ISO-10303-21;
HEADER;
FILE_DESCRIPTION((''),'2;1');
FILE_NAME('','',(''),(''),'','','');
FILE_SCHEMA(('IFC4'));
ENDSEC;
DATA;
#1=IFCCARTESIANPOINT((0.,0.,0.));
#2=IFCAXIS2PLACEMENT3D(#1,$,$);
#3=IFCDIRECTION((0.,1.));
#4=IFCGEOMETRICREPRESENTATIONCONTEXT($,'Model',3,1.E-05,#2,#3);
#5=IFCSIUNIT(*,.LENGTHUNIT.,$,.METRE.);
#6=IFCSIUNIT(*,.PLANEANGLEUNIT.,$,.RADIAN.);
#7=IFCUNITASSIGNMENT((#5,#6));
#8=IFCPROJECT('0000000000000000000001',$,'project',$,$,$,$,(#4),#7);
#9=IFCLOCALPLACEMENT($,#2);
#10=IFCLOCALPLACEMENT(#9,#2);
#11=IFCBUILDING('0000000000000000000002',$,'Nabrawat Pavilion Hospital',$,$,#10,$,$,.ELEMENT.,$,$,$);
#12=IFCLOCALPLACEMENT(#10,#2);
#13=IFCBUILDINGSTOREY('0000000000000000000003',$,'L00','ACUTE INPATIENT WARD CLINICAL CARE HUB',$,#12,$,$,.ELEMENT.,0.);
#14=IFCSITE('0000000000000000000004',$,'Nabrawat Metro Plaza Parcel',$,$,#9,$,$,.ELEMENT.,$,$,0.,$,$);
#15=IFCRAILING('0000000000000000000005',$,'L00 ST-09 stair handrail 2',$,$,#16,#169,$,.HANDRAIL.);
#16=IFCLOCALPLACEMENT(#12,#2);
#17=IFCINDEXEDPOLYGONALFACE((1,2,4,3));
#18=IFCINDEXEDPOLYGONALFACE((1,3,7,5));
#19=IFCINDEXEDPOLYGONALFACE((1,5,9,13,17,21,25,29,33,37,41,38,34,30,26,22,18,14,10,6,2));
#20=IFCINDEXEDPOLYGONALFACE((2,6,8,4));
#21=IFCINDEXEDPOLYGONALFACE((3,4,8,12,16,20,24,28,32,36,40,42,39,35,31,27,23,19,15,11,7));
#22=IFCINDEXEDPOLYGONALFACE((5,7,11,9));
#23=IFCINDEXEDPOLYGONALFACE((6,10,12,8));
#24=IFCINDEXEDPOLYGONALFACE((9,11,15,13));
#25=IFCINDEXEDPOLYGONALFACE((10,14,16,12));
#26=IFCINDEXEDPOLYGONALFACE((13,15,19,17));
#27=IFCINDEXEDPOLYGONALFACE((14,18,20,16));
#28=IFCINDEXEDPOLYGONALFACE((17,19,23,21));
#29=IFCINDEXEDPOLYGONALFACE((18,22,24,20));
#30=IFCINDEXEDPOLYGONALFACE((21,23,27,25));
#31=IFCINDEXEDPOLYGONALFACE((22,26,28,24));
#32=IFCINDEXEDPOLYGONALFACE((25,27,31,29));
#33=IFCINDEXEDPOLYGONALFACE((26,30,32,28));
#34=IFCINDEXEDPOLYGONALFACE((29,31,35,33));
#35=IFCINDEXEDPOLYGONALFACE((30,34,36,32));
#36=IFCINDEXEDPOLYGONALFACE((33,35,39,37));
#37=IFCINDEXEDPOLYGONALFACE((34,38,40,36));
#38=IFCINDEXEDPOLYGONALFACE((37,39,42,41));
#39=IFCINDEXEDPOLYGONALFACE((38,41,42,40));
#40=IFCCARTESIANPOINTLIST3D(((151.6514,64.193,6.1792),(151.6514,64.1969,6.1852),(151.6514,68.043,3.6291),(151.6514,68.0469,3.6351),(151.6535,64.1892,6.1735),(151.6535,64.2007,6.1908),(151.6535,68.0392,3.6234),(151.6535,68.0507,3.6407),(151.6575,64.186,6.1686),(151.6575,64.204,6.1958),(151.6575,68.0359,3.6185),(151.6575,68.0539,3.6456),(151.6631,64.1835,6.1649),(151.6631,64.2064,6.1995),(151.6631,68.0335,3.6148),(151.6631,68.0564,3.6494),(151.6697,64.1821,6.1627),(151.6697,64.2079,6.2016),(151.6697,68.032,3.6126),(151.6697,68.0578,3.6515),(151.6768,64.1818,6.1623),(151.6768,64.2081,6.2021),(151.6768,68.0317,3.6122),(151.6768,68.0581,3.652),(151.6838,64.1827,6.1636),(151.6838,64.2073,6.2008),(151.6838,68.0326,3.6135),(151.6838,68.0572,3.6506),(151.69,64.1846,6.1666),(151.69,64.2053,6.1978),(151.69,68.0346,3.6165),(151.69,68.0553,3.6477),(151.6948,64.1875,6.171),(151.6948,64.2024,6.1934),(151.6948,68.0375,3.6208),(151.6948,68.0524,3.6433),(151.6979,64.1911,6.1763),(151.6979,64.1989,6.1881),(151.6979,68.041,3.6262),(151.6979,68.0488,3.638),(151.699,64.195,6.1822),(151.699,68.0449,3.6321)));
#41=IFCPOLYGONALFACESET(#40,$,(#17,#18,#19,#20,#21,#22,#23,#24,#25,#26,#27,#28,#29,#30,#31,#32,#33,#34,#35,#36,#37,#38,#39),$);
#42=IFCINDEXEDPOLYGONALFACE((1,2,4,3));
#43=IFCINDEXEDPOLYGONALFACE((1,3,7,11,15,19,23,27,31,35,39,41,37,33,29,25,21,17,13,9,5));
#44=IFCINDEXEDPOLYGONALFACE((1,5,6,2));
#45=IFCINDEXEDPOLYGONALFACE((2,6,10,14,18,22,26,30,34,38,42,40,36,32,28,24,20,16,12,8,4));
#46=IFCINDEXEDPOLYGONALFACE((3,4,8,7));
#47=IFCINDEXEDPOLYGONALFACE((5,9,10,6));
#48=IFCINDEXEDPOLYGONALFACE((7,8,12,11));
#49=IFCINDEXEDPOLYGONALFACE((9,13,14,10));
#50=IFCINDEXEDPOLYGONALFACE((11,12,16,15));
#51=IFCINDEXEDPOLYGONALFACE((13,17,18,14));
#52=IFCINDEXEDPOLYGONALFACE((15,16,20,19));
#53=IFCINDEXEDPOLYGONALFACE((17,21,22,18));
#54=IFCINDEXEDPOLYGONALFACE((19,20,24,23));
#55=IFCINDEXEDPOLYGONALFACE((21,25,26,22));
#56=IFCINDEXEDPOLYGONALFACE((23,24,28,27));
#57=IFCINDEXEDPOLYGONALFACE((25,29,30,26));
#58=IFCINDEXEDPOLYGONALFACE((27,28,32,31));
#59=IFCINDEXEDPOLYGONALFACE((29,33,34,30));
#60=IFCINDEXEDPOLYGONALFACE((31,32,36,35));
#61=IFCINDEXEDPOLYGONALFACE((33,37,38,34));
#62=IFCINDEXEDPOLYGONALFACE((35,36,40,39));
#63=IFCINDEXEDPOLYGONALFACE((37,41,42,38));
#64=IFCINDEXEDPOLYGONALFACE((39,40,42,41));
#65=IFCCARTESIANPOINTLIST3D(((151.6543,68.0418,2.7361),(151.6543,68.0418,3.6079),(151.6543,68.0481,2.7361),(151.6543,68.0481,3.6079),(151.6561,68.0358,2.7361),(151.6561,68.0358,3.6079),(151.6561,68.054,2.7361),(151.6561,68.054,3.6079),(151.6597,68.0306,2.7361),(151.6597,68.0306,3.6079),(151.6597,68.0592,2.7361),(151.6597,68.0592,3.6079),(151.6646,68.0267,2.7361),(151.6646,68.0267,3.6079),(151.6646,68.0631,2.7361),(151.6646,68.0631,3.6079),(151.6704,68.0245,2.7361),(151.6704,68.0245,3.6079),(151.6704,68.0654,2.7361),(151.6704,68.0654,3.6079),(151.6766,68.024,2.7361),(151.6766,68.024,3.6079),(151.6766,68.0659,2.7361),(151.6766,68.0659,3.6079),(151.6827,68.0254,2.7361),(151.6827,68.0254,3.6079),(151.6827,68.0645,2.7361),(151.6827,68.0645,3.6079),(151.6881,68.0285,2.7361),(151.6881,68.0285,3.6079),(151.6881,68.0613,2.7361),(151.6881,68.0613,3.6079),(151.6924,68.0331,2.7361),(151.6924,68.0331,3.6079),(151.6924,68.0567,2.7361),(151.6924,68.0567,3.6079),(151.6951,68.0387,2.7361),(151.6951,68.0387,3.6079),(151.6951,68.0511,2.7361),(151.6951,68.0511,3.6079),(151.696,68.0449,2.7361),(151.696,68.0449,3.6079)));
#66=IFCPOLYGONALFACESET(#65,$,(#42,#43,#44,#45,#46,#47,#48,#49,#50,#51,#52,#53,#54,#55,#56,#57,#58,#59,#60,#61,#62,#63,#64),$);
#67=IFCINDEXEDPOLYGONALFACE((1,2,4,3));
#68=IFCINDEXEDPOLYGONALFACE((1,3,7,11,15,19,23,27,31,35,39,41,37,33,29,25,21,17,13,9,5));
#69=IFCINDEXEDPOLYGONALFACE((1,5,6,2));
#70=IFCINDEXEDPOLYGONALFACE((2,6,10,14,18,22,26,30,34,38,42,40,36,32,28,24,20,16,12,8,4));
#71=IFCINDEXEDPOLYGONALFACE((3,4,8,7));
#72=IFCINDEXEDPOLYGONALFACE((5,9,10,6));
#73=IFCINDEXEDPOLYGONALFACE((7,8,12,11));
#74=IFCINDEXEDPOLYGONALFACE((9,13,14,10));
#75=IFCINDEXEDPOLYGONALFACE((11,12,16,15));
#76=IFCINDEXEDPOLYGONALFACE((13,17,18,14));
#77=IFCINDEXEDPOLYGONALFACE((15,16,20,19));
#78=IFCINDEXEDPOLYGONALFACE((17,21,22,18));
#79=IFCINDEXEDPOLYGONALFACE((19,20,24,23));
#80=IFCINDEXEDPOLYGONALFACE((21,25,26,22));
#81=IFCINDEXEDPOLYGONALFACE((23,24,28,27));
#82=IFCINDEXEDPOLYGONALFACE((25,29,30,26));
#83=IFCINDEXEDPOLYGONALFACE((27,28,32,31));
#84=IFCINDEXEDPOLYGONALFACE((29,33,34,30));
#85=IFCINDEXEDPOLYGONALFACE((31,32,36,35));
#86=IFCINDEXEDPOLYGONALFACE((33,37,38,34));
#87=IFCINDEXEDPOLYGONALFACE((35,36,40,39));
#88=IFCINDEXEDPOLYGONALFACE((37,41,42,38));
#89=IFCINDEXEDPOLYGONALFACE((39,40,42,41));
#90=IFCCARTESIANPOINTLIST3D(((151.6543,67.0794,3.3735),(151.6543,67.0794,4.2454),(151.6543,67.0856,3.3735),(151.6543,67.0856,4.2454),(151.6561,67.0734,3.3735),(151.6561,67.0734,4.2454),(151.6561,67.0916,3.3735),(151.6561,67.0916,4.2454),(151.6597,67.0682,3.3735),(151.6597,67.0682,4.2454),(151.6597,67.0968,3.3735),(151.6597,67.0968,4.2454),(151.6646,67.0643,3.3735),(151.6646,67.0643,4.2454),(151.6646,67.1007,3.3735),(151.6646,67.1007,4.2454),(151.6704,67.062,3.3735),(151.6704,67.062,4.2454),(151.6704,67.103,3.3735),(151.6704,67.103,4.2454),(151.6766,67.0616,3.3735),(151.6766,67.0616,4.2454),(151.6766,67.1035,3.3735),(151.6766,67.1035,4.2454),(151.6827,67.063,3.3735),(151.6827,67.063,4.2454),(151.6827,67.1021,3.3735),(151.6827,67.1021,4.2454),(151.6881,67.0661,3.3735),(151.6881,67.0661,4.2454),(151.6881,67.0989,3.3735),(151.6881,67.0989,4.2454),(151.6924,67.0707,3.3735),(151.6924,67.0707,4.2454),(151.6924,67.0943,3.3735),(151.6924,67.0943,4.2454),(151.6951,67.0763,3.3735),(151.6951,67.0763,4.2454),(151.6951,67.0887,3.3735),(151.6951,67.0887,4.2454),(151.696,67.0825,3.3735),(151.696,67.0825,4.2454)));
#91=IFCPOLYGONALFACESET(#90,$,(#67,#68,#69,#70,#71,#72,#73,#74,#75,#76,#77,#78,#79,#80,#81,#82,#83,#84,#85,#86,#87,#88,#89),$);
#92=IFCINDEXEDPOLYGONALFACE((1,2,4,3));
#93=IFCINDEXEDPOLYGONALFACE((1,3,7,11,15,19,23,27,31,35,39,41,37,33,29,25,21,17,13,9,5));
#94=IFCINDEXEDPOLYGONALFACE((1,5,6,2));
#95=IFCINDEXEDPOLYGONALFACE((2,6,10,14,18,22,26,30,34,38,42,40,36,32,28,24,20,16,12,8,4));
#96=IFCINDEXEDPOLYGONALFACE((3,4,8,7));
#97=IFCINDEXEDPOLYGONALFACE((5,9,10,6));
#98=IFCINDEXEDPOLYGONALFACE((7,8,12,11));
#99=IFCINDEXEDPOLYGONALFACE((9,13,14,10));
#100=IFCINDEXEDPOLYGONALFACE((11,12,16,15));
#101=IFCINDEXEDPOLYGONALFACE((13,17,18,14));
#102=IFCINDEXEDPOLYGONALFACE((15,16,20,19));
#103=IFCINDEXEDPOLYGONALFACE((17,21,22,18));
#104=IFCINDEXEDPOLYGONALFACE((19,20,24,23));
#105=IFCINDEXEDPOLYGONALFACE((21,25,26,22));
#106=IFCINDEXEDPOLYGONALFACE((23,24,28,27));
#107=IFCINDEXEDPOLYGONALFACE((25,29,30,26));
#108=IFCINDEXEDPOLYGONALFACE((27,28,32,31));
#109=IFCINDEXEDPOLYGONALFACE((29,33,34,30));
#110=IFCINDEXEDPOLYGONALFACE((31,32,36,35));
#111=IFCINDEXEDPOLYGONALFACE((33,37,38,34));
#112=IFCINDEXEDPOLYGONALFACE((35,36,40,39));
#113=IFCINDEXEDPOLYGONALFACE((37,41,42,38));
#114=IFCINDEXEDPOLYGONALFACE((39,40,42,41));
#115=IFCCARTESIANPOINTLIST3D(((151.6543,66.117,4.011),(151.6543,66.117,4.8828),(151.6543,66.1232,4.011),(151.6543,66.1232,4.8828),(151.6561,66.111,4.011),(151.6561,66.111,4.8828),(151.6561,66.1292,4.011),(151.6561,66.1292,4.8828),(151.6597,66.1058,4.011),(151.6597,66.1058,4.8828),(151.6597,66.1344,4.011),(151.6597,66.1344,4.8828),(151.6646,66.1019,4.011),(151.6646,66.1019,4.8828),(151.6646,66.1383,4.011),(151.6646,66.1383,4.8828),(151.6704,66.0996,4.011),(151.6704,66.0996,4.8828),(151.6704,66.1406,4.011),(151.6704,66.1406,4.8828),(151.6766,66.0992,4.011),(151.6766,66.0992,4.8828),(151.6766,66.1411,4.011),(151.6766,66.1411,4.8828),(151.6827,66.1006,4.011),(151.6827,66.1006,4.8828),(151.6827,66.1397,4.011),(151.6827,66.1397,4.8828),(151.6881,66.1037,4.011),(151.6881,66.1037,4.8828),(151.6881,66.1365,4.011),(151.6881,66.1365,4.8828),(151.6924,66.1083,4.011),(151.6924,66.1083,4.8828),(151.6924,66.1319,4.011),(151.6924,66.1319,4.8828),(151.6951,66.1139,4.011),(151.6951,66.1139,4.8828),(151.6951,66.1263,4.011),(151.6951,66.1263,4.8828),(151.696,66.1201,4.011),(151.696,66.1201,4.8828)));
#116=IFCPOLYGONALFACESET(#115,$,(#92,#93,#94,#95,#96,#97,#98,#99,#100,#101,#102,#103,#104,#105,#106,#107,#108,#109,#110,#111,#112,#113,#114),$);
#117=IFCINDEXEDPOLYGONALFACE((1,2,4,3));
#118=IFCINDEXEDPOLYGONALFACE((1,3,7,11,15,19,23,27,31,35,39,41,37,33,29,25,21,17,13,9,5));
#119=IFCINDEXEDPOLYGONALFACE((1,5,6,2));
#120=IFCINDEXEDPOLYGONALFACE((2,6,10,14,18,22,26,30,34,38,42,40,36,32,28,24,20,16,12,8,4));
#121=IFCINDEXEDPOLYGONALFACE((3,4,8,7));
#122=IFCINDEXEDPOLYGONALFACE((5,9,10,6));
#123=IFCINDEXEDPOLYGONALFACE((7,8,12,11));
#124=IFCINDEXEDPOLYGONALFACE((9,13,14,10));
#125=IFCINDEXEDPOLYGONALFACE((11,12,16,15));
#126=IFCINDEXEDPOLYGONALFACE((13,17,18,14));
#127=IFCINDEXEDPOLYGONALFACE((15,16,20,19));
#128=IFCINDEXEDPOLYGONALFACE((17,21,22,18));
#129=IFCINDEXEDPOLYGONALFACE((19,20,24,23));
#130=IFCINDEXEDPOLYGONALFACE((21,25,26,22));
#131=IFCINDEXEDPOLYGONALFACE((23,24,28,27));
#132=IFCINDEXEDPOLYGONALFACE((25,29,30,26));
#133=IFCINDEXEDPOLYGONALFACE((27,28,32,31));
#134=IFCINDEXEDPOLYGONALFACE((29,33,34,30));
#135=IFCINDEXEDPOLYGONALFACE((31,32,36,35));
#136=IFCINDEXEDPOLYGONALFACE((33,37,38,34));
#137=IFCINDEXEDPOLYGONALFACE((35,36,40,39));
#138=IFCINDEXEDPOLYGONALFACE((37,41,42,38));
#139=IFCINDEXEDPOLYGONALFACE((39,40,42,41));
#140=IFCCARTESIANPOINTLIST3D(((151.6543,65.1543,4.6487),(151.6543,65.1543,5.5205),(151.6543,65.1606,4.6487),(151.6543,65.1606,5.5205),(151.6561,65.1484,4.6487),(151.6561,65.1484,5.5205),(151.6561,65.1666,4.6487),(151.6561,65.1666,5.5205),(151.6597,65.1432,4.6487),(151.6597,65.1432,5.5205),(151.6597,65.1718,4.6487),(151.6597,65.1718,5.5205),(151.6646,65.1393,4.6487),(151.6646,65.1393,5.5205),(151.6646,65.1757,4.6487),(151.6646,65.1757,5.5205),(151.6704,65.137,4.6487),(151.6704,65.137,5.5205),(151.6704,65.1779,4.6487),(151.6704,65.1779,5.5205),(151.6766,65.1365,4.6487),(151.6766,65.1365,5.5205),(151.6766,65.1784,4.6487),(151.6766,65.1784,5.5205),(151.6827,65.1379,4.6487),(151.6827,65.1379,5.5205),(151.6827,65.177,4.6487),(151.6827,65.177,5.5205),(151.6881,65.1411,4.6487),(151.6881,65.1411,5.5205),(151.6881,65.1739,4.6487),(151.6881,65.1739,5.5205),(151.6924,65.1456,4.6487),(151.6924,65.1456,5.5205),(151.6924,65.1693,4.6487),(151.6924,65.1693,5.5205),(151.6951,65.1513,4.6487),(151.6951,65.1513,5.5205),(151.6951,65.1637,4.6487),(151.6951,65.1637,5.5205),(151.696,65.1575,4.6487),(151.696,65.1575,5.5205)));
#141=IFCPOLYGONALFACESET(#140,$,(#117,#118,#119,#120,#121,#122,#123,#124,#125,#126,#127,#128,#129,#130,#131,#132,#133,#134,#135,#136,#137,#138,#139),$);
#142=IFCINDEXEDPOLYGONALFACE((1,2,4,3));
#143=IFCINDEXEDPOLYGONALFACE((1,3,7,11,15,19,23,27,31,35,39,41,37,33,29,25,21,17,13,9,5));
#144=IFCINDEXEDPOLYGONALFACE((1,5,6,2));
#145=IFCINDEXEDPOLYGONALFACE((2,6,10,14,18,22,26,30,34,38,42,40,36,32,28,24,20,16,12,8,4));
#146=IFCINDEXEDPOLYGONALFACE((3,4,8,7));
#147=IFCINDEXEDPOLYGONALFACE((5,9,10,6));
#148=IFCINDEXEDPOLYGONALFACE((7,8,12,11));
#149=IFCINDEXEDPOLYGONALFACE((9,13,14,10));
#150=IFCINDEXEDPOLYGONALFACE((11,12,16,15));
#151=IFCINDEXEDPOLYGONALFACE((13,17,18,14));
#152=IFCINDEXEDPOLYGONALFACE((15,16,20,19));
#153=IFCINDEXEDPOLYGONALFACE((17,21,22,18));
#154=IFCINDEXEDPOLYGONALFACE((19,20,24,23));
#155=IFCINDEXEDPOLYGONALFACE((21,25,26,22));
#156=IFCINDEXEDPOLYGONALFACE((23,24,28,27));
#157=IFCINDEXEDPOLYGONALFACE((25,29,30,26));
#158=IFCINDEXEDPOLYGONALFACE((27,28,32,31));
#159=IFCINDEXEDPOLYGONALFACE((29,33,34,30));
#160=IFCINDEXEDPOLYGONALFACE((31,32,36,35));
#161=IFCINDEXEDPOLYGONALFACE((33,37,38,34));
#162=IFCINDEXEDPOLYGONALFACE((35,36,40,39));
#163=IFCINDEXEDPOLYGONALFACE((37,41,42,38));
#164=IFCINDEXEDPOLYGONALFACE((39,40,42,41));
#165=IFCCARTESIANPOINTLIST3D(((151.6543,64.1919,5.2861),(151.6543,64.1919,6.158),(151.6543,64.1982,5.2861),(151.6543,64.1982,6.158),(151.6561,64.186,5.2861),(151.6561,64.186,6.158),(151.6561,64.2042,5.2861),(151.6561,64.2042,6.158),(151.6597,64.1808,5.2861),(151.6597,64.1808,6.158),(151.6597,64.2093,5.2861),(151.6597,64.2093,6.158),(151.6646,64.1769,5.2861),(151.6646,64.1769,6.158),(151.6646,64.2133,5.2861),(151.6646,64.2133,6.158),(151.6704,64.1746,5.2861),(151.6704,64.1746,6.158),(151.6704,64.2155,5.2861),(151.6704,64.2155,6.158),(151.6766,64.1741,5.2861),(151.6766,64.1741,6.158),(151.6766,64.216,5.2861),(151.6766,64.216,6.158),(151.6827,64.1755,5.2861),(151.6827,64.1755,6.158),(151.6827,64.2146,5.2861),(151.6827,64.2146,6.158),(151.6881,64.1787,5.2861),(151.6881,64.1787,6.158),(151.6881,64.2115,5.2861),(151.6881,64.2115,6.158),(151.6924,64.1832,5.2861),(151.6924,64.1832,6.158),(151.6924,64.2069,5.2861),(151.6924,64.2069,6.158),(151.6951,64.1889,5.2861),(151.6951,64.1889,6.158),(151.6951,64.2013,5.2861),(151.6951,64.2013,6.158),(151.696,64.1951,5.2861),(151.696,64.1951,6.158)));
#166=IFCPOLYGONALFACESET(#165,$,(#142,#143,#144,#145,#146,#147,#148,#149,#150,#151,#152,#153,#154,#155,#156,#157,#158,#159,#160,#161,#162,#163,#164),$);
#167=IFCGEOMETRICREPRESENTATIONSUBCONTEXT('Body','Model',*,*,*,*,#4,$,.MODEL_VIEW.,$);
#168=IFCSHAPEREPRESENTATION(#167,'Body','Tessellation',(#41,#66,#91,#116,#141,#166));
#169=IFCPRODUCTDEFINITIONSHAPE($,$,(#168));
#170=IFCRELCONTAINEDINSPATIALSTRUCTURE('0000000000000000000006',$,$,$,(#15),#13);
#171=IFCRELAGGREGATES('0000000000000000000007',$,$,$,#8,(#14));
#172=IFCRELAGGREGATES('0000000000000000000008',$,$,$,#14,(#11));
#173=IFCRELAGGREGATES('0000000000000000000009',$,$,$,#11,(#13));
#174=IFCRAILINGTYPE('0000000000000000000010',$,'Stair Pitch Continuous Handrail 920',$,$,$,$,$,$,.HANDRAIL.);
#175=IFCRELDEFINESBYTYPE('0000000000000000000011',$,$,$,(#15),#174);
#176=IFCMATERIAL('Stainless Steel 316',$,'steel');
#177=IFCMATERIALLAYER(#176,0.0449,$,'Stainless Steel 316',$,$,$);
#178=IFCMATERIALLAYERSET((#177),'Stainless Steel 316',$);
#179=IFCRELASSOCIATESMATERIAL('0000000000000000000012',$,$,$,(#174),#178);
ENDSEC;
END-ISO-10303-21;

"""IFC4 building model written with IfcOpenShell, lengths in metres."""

from ifc_helpers import new_model, si_unit, direction, frame, origin, origin_2d, place, context, subcontext, project, spatial, circle, extrude, material, layer, layer_set, type_object, element, save


model = new_model("IFC4")

# Units and contexts
model_context = context("Model", 3, precision=1e-05, world=origin(), true_north=direction((0.0, 1.0)))
body_context = subcontext(model_context, "Body", "Model", "MODEL_VIEW")
ifc_project = project(units=[si_unit("LENGTHUNIT", "METRE"), si_unit("PLANEANGLEUNIT", "RADIAN")], contexts=[model_context])

# Site, building, storey
site_placement = place(None, origin())
site = spatial("IfcSite", under=ifc_project, at=site_placement, Name="Nabrawat Metro Plaza Parcel", CompositionType="ELEMENT", RefElevation=0.0)
building_placement = place(site_placement, origin())
building = spatial("IfcBuilding", under=site, at=building_placement, Name="Nabrawat Pavilion Hospital", CompositionType="ELEMENT")
storey_placement = place(building_placement, origin())
storey = spatial("IfcBuildingStorey", under=building, at=storey_placement, Name="L00", Description="ACUTE INPATIENT WARD CLINICAL CARE HUB", CompositionType="ELEMENT", Elevation=0.0)

# Railing
ifc_material_1 = material(Name="Stainless Steel 316", Category="steel")
ifc_layer_1 = layer(ifc_material_1, 0.0449, Name="Stainless Steel 316")
ifc_layer_set_1 = layer_set([ifc_layer_1], Name="Stainless Steel 316")
railing_type_1 = type_object("IfcRailingType", Name="Stair Pitch Continuous Handrail 920", PredefinedType="HANDRAIL", material=ifc_layer_set_1)
railing_1_placement = place(storey_placement, frame((151.675, 68.0449, 2.7361)))
element("IfcRailing", 1, at=railing_1_placement, inside=storey, type_object=railing_type_1, Name="L00 ST-09 stair handrail 2", PredefinedType="HANDRAIL", context=body_context, shape_type="SweptSolid", body=[
    extrude(circle(Radius=0.0239, at=origin_2d()), frame((0.0, 0.0, 0.896), z_axis=(0.0, -0.833698, 0.552221), x_axis=(1.0, 0.0, 0.0)), (0.0, 0.0, 1.0), 4.6179),
    extrude(circle(Radius=0.021, at=origin_2d()), origin(), (0.0, 0.0, 1.0), 0.8718),
    extrude(circle(Radius=0.021, at=origin_2d()), frame((0.0, -0.9624, 0.6375)), (0.0, 0.0, 1.0), 0.8718),
    extrude(circle(Radius=0.021, at=origin_2d()), frame((0.0, -1.9248, 1.2749)), (0.0, 0.0, 1.0), 0.8718),
    extrude(circle(Radius=0.021, at=origin_2d()), frame((0.0, -2.8875, 1.9126)), (0.0, 0.0, 1.0), 0.8718),
    extrude(circle(Radius=0.021, at=origin_2d()), frame((0.0, -3.8499, 2.55)), (0.0, 0.0, 1.0), 0.8718),
])

save(model, "model.ifc")
